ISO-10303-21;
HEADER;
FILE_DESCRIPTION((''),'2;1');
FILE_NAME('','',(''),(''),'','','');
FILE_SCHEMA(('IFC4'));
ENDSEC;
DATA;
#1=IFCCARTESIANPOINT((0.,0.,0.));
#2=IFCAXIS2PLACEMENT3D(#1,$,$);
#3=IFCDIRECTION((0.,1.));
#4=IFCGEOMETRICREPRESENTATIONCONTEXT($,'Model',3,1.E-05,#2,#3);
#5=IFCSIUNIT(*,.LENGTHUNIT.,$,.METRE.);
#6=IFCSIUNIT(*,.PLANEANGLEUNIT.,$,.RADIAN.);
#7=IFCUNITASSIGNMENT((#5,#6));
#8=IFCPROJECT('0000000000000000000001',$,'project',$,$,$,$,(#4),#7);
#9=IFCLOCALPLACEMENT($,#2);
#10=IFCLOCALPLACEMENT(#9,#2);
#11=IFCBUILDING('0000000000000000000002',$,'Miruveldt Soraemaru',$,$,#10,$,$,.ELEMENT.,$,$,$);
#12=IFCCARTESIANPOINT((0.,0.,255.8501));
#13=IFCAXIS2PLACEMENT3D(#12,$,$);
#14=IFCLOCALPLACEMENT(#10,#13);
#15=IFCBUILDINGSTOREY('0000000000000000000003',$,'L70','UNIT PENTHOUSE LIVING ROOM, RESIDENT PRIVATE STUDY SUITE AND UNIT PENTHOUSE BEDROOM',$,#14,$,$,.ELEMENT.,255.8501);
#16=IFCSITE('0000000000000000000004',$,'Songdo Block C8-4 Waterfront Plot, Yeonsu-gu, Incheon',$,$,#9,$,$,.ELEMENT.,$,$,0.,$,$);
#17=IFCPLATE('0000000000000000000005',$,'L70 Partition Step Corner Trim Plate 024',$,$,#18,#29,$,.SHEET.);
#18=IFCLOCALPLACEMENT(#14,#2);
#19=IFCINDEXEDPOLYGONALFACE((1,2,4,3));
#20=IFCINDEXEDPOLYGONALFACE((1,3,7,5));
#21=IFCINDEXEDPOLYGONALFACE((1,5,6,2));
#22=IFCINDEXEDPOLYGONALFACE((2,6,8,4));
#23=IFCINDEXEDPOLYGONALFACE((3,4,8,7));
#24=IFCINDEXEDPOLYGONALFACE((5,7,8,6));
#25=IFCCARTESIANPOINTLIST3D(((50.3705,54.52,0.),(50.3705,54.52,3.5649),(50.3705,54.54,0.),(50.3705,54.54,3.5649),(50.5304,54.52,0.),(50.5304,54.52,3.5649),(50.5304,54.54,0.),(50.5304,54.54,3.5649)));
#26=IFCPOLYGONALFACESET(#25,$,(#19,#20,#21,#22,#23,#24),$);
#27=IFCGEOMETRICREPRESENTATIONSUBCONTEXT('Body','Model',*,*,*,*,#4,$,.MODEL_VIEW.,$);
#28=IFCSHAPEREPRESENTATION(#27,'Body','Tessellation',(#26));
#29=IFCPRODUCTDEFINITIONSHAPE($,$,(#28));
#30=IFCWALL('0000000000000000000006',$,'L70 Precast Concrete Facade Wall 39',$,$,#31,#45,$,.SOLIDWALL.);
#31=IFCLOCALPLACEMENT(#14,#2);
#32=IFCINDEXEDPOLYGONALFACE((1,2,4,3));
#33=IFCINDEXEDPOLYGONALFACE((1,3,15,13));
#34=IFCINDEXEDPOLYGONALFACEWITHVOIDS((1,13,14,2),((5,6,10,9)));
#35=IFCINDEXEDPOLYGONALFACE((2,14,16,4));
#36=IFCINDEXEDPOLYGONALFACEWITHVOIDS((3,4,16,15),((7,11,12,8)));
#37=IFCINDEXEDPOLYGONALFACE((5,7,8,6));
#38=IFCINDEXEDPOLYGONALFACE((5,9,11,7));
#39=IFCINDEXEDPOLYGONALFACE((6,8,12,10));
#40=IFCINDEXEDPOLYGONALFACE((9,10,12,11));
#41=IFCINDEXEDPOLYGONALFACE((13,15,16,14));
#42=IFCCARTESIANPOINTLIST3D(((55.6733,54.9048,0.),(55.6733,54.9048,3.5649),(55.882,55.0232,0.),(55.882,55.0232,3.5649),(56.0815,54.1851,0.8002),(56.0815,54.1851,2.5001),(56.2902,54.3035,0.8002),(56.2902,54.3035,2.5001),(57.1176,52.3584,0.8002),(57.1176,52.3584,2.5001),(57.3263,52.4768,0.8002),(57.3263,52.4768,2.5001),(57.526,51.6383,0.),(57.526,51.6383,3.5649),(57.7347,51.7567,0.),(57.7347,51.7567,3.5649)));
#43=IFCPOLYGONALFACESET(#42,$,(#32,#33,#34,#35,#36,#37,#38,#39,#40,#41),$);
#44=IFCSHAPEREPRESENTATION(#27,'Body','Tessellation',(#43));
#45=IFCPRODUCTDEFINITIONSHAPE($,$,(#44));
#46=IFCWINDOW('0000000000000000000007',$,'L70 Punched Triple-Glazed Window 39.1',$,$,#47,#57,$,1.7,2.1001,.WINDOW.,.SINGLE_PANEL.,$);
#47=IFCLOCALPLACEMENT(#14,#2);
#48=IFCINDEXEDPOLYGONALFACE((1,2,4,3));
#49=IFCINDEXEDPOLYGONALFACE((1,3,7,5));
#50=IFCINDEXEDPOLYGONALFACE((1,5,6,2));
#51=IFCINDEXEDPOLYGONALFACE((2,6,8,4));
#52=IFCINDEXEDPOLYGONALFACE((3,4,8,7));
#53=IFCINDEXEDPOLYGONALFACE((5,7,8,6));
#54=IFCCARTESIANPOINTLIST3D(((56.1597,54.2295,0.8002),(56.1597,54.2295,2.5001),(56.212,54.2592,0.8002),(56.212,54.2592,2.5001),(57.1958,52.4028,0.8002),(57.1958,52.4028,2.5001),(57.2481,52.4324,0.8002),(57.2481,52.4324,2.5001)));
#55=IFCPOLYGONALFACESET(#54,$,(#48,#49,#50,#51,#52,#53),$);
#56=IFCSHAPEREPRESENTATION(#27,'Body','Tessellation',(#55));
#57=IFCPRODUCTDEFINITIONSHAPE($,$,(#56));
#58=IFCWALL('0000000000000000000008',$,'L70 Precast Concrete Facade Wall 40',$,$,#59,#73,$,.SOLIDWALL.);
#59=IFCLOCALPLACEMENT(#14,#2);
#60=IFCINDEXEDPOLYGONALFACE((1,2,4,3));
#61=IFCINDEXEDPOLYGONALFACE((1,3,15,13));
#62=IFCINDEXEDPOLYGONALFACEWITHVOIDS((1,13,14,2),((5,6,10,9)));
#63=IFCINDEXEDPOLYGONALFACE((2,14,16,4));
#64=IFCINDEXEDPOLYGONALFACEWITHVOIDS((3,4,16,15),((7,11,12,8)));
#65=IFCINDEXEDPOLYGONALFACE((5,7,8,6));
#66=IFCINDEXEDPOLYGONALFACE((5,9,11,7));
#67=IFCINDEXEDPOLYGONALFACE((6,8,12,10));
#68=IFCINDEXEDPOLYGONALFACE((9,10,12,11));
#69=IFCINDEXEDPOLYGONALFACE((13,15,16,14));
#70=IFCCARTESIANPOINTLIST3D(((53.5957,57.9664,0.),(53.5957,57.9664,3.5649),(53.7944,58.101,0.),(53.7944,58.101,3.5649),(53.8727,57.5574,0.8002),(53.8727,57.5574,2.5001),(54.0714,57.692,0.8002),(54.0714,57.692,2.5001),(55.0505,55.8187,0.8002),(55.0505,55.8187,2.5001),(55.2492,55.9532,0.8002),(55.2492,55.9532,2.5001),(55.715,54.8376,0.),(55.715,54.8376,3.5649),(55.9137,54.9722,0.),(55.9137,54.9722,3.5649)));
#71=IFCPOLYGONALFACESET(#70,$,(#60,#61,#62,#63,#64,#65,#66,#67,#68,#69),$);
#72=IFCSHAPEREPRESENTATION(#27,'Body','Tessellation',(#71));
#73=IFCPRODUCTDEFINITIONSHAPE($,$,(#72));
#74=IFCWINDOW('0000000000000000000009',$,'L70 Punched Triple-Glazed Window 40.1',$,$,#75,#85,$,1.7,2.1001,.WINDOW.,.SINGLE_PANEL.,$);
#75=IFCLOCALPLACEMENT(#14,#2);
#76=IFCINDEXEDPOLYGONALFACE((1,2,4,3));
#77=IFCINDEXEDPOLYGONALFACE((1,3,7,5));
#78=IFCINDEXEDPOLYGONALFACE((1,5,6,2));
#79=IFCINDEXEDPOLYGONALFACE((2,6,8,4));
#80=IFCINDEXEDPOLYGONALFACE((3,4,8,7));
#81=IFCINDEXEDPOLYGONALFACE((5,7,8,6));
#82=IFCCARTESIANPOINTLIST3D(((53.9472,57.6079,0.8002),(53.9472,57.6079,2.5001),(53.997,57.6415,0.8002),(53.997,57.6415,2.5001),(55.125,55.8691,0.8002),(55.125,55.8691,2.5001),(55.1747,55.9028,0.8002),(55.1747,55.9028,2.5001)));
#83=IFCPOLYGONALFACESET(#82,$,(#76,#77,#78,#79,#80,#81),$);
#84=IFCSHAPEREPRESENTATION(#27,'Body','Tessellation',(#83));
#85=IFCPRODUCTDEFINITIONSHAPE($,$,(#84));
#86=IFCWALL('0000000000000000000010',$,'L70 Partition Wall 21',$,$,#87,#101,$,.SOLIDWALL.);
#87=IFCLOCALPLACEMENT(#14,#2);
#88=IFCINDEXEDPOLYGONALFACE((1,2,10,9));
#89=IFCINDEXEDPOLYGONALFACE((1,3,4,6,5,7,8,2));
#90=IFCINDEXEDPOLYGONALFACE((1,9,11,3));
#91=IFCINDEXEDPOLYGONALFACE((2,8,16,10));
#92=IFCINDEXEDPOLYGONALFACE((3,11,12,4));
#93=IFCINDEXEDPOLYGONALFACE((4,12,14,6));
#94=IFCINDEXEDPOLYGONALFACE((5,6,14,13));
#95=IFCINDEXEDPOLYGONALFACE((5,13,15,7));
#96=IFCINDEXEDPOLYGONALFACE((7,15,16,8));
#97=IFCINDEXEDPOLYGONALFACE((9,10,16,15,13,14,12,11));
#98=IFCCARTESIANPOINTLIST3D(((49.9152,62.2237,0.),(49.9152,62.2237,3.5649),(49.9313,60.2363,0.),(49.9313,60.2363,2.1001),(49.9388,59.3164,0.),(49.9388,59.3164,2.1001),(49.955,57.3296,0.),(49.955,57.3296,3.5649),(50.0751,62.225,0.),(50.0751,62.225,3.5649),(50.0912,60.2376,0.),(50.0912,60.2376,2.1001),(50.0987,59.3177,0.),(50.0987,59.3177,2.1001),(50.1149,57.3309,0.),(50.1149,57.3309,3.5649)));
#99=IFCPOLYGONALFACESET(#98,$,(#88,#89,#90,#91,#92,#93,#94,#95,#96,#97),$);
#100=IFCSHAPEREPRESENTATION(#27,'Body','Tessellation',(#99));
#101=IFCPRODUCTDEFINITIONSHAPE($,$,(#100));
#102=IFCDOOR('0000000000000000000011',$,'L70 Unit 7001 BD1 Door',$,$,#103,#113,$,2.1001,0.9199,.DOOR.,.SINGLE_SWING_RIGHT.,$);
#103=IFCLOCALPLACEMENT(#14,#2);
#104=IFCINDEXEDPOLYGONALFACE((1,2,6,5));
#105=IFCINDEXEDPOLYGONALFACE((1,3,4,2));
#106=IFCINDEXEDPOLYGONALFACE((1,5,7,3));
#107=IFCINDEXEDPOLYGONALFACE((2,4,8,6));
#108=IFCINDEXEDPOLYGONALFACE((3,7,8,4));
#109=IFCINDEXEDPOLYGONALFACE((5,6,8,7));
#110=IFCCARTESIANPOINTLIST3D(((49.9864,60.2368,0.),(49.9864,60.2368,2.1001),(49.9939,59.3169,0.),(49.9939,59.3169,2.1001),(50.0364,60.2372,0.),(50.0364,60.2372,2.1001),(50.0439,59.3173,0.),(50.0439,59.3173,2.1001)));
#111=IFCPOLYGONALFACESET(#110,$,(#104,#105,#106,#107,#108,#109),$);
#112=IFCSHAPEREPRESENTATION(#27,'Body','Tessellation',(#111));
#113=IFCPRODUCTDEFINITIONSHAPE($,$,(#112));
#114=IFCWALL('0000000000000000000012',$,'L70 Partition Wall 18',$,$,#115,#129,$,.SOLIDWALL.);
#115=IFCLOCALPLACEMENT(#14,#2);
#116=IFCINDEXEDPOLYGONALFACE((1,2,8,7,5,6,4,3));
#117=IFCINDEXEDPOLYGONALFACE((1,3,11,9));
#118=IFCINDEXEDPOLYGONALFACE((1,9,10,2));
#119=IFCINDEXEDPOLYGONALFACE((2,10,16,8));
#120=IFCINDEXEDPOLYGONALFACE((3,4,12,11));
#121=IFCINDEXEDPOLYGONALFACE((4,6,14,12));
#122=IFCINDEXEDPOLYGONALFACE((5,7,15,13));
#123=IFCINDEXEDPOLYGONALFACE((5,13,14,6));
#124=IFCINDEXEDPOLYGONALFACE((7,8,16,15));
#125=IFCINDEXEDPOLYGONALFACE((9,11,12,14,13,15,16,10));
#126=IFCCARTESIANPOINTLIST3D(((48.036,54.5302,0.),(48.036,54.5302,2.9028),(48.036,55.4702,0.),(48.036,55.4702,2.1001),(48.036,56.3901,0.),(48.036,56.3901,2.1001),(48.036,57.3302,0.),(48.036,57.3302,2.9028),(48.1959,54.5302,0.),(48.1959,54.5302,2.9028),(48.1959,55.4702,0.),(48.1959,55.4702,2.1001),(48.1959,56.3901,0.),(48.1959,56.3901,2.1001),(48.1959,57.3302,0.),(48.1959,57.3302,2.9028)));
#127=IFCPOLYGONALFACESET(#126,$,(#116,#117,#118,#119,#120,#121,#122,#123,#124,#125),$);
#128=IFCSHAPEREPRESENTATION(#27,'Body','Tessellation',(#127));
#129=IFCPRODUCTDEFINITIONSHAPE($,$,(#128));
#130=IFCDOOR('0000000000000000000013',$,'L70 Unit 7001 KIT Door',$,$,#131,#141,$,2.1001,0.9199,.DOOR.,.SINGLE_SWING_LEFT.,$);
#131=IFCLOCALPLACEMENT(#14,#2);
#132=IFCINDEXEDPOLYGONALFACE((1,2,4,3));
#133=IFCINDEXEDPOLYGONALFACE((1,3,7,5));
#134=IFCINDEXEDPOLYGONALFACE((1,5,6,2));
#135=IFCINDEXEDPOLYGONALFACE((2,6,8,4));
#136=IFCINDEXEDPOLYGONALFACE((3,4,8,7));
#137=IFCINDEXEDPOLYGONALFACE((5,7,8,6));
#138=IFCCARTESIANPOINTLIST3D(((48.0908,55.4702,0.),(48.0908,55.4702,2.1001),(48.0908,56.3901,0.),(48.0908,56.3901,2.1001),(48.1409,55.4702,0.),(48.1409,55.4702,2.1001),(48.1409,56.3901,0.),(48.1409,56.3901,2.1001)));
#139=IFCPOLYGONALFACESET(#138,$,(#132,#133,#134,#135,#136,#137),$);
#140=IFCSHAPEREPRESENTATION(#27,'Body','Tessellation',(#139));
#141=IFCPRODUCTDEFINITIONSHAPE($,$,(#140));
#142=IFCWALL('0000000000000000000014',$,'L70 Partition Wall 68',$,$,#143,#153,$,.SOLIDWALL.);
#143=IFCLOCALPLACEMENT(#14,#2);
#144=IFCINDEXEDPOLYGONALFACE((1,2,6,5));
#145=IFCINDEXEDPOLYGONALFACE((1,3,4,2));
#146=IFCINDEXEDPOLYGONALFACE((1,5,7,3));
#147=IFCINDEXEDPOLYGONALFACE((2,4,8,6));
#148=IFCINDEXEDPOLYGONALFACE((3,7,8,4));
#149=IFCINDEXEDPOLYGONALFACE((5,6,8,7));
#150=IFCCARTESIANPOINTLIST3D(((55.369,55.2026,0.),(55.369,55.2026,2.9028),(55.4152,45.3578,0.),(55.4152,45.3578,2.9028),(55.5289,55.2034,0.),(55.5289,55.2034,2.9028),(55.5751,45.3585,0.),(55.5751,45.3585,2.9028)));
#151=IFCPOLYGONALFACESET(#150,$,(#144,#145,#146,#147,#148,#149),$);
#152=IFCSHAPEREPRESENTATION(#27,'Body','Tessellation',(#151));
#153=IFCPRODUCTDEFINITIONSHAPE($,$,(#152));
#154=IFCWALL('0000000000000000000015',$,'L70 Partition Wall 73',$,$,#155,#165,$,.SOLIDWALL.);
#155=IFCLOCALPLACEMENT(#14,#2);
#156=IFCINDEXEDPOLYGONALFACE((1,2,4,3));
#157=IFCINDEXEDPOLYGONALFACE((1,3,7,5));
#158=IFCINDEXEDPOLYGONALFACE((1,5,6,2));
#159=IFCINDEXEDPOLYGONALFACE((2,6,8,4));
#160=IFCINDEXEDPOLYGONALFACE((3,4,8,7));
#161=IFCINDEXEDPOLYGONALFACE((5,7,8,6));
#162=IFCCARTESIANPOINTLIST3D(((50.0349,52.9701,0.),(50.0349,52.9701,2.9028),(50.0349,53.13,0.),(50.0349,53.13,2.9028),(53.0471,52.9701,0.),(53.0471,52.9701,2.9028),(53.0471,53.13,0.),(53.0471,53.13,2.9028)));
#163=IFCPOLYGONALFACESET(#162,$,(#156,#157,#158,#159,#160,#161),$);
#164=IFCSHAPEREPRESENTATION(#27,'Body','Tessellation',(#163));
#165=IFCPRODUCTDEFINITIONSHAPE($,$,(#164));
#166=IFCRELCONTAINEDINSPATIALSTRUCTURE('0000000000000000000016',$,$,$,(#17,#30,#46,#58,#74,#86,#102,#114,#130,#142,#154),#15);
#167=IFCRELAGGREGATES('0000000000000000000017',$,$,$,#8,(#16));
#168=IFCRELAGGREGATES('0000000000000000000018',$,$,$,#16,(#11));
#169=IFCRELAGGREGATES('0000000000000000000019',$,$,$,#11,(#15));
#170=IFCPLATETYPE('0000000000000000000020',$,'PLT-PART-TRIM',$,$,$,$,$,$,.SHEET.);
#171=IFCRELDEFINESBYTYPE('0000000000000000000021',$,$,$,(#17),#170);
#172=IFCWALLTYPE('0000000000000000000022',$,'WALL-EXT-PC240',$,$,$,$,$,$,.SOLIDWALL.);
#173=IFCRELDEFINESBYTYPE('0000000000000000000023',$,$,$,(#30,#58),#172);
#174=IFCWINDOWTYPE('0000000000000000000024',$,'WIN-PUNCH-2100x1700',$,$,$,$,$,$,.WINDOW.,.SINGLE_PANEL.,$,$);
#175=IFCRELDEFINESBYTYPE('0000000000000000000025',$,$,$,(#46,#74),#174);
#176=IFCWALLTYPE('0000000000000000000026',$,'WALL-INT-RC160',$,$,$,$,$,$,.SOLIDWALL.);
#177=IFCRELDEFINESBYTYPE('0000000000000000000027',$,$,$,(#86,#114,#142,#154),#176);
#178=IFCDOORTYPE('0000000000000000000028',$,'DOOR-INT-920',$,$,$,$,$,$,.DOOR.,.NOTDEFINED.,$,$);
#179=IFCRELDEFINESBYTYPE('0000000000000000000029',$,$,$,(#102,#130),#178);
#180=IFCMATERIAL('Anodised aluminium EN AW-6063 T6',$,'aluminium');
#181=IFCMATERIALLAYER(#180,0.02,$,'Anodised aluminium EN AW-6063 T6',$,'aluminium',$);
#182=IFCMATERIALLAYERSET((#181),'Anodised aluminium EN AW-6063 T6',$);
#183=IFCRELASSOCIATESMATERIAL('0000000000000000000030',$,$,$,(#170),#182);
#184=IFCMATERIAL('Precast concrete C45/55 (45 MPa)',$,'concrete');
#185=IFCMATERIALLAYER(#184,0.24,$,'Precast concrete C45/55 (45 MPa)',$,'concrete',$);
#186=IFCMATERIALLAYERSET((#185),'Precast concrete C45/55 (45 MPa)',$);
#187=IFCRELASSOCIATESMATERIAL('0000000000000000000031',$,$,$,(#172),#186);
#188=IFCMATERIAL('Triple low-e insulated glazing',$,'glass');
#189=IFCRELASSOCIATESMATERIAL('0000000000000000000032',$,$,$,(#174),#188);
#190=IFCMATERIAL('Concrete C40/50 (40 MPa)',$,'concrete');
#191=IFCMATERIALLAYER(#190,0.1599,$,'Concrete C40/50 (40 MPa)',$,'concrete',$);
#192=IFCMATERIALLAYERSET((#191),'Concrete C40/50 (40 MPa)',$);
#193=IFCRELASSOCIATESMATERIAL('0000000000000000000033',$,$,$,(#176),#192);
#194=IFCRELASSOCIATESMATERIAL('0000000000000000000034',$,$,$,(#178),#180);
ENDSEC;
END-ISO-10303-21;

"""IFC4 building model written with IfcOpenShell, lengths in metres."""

from ifc_helpers import new_model, si_unit, direction, frame, frame_2d, origin, origin_2d, place, context, subcontext, project, spatial, rectangle, extrude, material, layer, layer_set, type_object, element, fill, save


model = new_model("IFC4")

# Units and contexts
model_context = context("Model", 3, precision=1e-05, world=origin(), true_north=direction((0.0, 1.0)))
body_context = subcontext(model_context, "Body", "Model", "MODEL_VIEW")
ifc_project = project(units=[si_unit("LENGTHUNIT", "METRE"), si_unit("PLANEANGLEUNIT", "RADIAN")], contexts=[model_context])

# Site, building, storey
site_placement = place(None, origin())
site = spatial("IfcSite", under=ifc_project, at=site_placement, Name="Songdo Block C8-4 Waterfront Plot, Yeonsu-gu, Incheon", CompositionType="ELEMENT", RefElevation=0.0)
building_placement = place(site_placement, origin())
building = spatial("IfcBuilding", under=site, at=building_placement, Name="Miruveldt Soraemaru", CompositionType="ELEMENT")
storey_placement = place(building_placement, frame((0.0, 0.0, 255.8501)))
storey = spatial("IfcBuildingStorey", under=building, at=storey_placement, Name="L70", Description="UNIT PENTHOUSE LIVING ROOM, RESIDENT PRIVATE STUDY SUITE AND UNIT PENTHOUSE BEDROOM", CompositionType="ELEMENT", Elevation=255.8501)

# Plate
ifc_material_1 = material(Name="Anodised aluminium EN AW-6063 T6", Category="aluminium")
ifc_layer_1 = layer(ifc_material_1, 0.02, Name="Anodised aluminium EN AW-6063 T6", Category="aluminium")
ifc_layer_set_1 = layer_set([ifc_layer_1], Name="Anodised aluminium EN AW-6063 T6")
plate_type = type_object("IfcPlateType", Name="PLT-PART-TRIM", PredefinedType="SHEET", material=ifc_layer_set_1)
plate_placement = place(storey_placement, frame((50.4504, 54.53, 0.0), z_axis=(0.0, 0.0, 1.0), x_axis=(1.0, 0.0, 0.0)))
element("IfcPlate", 1, at=plate_placement, inside=storey, type_object=plate_type, Name="L70 Partition Step Corner Trim Plate 024", PredefinedType="SHEET", context=body_context, shape_type="SweptSolid", body=[
    extrude(rectangle(XDim=0.1599, YDim=0.02, at=origin_2d()), origin(), (0.0, 0.0, 1.0), 3.5649),
])

# Walls, openings, windows
ifc_material_2 = material(Name="Precast concrete C45/55 (45 MPa)", Category="concrete")
ifc_layer_2 = layer(ifc_material_2, 0.24, Name="Precast concrete C45/55 (45 MPa)", Category="concrete")
ifc_layer_set_2 = layer_set([ifc_layer_2], Name="Precast concrete C45/55 (45 MPa)")
wall_type_1 = type_object("IfcWallType", Name="WALL-EXT-PC240", PredefinedType="SOLIDWALL", material=ifc_layer_set_2)
wall_1_placement = place(storey_placement, frame((57.6304, 51.6975, 0.0), z_axis=(0.0, 0.0, 1.0), x_axis=(-0.493357, 0.869827, 0.0)))
wall_1 = element("IfcWall", 2, at=wall_1_placement, inside=storey, type_object=wall_type_1, Name="L70 Precast Concrete Facade Wall 39", PredefinedType="SOLIDWALL", context=body_context, shape_type="SweptSolid", body=[
    extrude(rectangle(XDim=3.7554, YDim=0.24, at=frame_2d((1.8777, 0.0))), origin(), (0.0, 0.0, 1.0), 3.5649),
])
opening_1_placement = place(wall_1_placement, frame((0.8279, 0.0, 0.8)))
opening_1 = element("IfcOpeningElement", 3, at=opening_1_placement, cuts=wall_1, PredefinedType="OPENING", context=body_context, shape_type="SweptSolid", body=[
    extrude(rectangle(XDim=2.1001, YDim=1.7, at=frame_2d((1.05, 0.8501))), frame((0.0, 0.1299, 0.0), z_axis=(0.0, -1.0, 0.0), x_axis=(1.0, 0.0, 0.0)), (0.0, 0.0, 1.0), 0.26),
])
ifc_material_3 = material(Name="Triple low-e insulated glazing", Category="glass")
window_type = type_object("IfcWindowType", Name="WIN-PUNCH-2100x1700", PartitioningType="SINGLE_PANEL", PredefinedType="WINDOW", material=ifc_material_3)
window_1_placement = place(opening_1_placement, origin())
window_1 = element("IfcWindow", 4, at=window_1_placement, inside=storey, type_object=window_type, Name="L70 Punched Triple-Glazed Window 39.1", OverallHeight=1.7, OverallWidth=2.1001, PartitioningType="SINGLE_PANEL", PredefinedType="WINDOW", context=body_context, shape_type="SweptSolid", body=[
    extrude(rectangle(XDim=2.1001, YDim=1.7, at=frame_2d((1.05, 0.8501))), frame((0.0, 0.03, 0.0), z_axis=(0.0, -1.0, 0.0), x_axis=(1.0, 0.0, 0.0)), (0.0, 0.0, 1.0), 0.0601),
])
fill(opening_1, window_1)
wall_2_placement = place(storey_placement, frame((55.8145, 54.9048, 0.0), z_axis=(0.0, 0.0, 1.0), x_axis=(-0.560812, 0.827943, 0.0)))
wall_2 = element("IfcWall", 5, at=wall_2_placement, inside=storey, type_object=wall_type_1, Name="L70 Precast Concrete Facade Wall 40", PredefinedType="SOLIDWALL", context=body_context, shape_type="SweptSolid", body=[
    extrude(rectangle(XDim=3.7791, YDim=0.24, at=frame_2d((1.8896, 0.0))), origin(), (0.0, 0.0, 1.0), 3.5649),
])
opening_2_placement = place(wall_2_placement, frame((1.1851, 0.0, 0.8)))
opening_2 = element("IfcOpeningElement", 6, at=opening_2_placement, cuts=wall_2, PredefinedType="OPENING", context=body_context, shape_type="SweptSolid", body=[
    extrude(rectangle(XDim=2.1001, YDim=1.7, at=frame_2d((1.05, 0.8501))), frame((0.0, 0.1299, 0.0), z_axis=(0.0, -1.0, 0.0), x_axis=(1.0, 0.0, 0.0)), (0.0, 0.0, 1.0), 0.26),
])
window_2_placement = place(opening_2_placement, origin())
window_2 = element("IfcWindow", 7, at=window_2_placement, inside=storey, type_object=window_type, Name="L70 Punched Triple-Glazed Window 40.1", OverallHeight=1.7, OverallWidth=2.1001, PartitioningType="SINGLE_PANEL", PredefinedType="WINDOW", context=body_context, shape_type="SweptSolid", body=[
    extrude(rectangle(XDim=2.1001, YDim=1.7, at=frame_2d((1.05, 0.8501))), frame((0.0, 0.03, 0.0), z_axis=(0.0, -1.0, 0.0), x_axis=(1.0, 0.0, 0.0)), (0.0, 0.0, 1.0), 0.0601),
])
fill(opening_2, window_2)

# Walls, openings, doors
ifc_material_4 = material(Name="Concrete C40/50 (40 MPa)", Category="concrete")
ifc_layer_3 = layer(ifc_material_4, 0.1599, Name="Concrete C40/50 (40 MPa)", Category="concrete")
ifc_layer_set_3 = layer_set([ifc_layer_3], Name="Concrete C40/50 (40 MPa)")
wall_type_2 = type_object("IfcWallType", Name="WALL-INT-RC160", PredefinedType="SOLIDWALL", material=ifc_layer_set_3)
wall_3_placement = place(storey_placement, frame((50.0349, 57.3301, 0.0), z_axis=(0.0, 0.0, 1.0), x_axis=(-0.008131, 0.999967, 0.0)))
wall_3 = element("IfcWall", 8, at=wall_3_placement, inside=storey, type_object=wall_type_2, Name="L70 Partition Wall 21", PredefinedType="SOLIDWALL", context=body_context, shape_type="SweptSolid", body=[
    extrude(rectangle(XDim=4.8943, YDim=0.1599, at=frame_2d((2.4473, 0.0))), origin(), (0.0, 0.0, 1.0), 3.5649),
])
opening_3_placement = place(wall_3_placement, frame((1.9871, 0.0, 0.0)))
opening_3 = element("IfcOpeningElement", 9, at=opening_3_placement, cuts=wall_3, PredefinedType="OPENING", context=body_context, shape_type="SweptSolid", body=[
    extrude(rectangle(XDim=0.9199, YDim=2.1001, at=frame_2d((0.46, 1.05))), frame((0.0, 0.0898, 0.0), z_axis=(0.0, -1.0, 0.0), x_axis=(1.0, 0.0, 0.0)), (0.0, 0.0, 1.0), 0.1799),
])
door_type = type_object("IfcDoorType", Name="DOOR-INT-920", OperationType="NOTDEFINED", PredefinedType="DOOR", material=ifc_material_1)
door_1_placement = place(opening_3_placement, origin())
door_1 = element("IfcDoor", 10, at=door_1_placement, inside=storey, type_object=door_type, Name="L70 Unit 7001 BD1 Door", OperationType="SINGLE_SWING_RIGHT", OverallHeight=2.1001, OverallWidth=0.9199, PredefinedType="DOOR", context=body_context, shape_type="SweptSolid", body=[
    extrude(rectangle(XDim=0.9199, YDim=2.1001, at=frame_2d((0.46, 1.05))), frame((0.0, 0.0249, 0.0), z_axis=(0.0, -1.0, 0.0), x_axis=(1.0, 0.0, 0.0)), (0.0, 0.0, 1.0), 0.05),
])
fill(opening_3, door_1)
wall_4_placement = place(storey_placement, frame((48.116, 57.3301, 0.0), z_axis=(0.0, 0.0, 1.0), x_axis=(0.0, -1.0, 0.0)))
wall_4 = element("IfcWall", 11, at=wall_4_placement, inside=storey, type_object=wall_type_2, Name="L70 Partition Wall 18", PredefinedType="SOLIDWALL", context=body_context, shape_type="SweptSolid", body=[
    extrude(rectangle(XDim=2.8, YDim=0.1599, at=frame_2d((1.3999, 0.0))), origin(), (0.0, 0.0, 1.0), 2.9028),
])
opening_4_placement = place(wall_4_placement, frame((0.9399, 0.0, 0.0)))
opening_4 = element("IfcOpeningElement", 12, at=opening_4_placement, cuts=wall_4, PredefinedType="OPENING", context=body_context, shape_type="SweptSolid", body=[
    extrude(rectangle(XDim=0.9199, YDim=2.1001, at=frame_2d((0.46, 1.05))), frame((0.0, 0.0898, 0.0), z_axis=(0.0, -1.0, 0.0), x_axis=(1.0, 0.0, 0.0)), (0.0, 0.0, 1.0), 0.1799),
])
door_2_placement = place(opening_4_placement, origin())
door_2 = element("IfcDoor", 13, at=door_2_placement, inside=storey, type_object=door_type, Name="L70 Unit 7001 KIT Door", OperationType="SINGLE_SWING_LEFT", OverallHeight=2.1001, OverallWidth=0.9199, PredefinedType="DOOR", context=body_context, shape_type="SweptSolid", body=[
    extrude(rectangle(XDim=0.9199, YDim=2.1001, at=frame_2d((0.46, 1.05))), frame((0.0, 0.0249, 0.0), z_axis=(0.0, -1.0, 0.0), x_axis=(1.0, 0.0, 0.0)), (0.0, 0.0, 1.0), 0.05),
])
fill(opening_4, door_2)

# Walls
wall_5_placement = place(storey_placement, frame((55.449, 55.2029, 0.0), z_axis=(0.0, 0.0, 1.0), x_axis=(0.004687, -0.999989, 0.0)))
element("IfcWall", 14, at=wall_5_placement, inside=storey, type_object=wall_type_2, Name="L70 Partition Wall 68", PredefinedType="SOLIDWALL", context=body_context, shape_type="SweptSolid", body=[
    extrude(rectangle(XDim=9.845, YDim=0.1599, at=frame_2d((4.9224, 0.0))), origin(), (0.0, 0.0, 1.0), 2.9028),
])
wall_6_placement = place(storey_placement, frame((53.0471, 53.05, 0.0), z_axis=(0.0, 0.0, 1.0), x_axis=(-1.0, 0.0, 0.0)))
element("IfcWall", 15, at=wall_6_placement, inside=storey, type_object=wall_type_2, Name="L70 Partition Wall 73", PredefinedType="SOLIDWALL", context=body_context, shape_type="SweptSolid", body=[
    extrude(rectangle(XDim=3.0122, YDim=0.1599, at=frame_2d((1.5061, 0.0))), origin(), (0.0, 0.0, 1.0), 2.9028),
])

save(model, "model.ifc")
